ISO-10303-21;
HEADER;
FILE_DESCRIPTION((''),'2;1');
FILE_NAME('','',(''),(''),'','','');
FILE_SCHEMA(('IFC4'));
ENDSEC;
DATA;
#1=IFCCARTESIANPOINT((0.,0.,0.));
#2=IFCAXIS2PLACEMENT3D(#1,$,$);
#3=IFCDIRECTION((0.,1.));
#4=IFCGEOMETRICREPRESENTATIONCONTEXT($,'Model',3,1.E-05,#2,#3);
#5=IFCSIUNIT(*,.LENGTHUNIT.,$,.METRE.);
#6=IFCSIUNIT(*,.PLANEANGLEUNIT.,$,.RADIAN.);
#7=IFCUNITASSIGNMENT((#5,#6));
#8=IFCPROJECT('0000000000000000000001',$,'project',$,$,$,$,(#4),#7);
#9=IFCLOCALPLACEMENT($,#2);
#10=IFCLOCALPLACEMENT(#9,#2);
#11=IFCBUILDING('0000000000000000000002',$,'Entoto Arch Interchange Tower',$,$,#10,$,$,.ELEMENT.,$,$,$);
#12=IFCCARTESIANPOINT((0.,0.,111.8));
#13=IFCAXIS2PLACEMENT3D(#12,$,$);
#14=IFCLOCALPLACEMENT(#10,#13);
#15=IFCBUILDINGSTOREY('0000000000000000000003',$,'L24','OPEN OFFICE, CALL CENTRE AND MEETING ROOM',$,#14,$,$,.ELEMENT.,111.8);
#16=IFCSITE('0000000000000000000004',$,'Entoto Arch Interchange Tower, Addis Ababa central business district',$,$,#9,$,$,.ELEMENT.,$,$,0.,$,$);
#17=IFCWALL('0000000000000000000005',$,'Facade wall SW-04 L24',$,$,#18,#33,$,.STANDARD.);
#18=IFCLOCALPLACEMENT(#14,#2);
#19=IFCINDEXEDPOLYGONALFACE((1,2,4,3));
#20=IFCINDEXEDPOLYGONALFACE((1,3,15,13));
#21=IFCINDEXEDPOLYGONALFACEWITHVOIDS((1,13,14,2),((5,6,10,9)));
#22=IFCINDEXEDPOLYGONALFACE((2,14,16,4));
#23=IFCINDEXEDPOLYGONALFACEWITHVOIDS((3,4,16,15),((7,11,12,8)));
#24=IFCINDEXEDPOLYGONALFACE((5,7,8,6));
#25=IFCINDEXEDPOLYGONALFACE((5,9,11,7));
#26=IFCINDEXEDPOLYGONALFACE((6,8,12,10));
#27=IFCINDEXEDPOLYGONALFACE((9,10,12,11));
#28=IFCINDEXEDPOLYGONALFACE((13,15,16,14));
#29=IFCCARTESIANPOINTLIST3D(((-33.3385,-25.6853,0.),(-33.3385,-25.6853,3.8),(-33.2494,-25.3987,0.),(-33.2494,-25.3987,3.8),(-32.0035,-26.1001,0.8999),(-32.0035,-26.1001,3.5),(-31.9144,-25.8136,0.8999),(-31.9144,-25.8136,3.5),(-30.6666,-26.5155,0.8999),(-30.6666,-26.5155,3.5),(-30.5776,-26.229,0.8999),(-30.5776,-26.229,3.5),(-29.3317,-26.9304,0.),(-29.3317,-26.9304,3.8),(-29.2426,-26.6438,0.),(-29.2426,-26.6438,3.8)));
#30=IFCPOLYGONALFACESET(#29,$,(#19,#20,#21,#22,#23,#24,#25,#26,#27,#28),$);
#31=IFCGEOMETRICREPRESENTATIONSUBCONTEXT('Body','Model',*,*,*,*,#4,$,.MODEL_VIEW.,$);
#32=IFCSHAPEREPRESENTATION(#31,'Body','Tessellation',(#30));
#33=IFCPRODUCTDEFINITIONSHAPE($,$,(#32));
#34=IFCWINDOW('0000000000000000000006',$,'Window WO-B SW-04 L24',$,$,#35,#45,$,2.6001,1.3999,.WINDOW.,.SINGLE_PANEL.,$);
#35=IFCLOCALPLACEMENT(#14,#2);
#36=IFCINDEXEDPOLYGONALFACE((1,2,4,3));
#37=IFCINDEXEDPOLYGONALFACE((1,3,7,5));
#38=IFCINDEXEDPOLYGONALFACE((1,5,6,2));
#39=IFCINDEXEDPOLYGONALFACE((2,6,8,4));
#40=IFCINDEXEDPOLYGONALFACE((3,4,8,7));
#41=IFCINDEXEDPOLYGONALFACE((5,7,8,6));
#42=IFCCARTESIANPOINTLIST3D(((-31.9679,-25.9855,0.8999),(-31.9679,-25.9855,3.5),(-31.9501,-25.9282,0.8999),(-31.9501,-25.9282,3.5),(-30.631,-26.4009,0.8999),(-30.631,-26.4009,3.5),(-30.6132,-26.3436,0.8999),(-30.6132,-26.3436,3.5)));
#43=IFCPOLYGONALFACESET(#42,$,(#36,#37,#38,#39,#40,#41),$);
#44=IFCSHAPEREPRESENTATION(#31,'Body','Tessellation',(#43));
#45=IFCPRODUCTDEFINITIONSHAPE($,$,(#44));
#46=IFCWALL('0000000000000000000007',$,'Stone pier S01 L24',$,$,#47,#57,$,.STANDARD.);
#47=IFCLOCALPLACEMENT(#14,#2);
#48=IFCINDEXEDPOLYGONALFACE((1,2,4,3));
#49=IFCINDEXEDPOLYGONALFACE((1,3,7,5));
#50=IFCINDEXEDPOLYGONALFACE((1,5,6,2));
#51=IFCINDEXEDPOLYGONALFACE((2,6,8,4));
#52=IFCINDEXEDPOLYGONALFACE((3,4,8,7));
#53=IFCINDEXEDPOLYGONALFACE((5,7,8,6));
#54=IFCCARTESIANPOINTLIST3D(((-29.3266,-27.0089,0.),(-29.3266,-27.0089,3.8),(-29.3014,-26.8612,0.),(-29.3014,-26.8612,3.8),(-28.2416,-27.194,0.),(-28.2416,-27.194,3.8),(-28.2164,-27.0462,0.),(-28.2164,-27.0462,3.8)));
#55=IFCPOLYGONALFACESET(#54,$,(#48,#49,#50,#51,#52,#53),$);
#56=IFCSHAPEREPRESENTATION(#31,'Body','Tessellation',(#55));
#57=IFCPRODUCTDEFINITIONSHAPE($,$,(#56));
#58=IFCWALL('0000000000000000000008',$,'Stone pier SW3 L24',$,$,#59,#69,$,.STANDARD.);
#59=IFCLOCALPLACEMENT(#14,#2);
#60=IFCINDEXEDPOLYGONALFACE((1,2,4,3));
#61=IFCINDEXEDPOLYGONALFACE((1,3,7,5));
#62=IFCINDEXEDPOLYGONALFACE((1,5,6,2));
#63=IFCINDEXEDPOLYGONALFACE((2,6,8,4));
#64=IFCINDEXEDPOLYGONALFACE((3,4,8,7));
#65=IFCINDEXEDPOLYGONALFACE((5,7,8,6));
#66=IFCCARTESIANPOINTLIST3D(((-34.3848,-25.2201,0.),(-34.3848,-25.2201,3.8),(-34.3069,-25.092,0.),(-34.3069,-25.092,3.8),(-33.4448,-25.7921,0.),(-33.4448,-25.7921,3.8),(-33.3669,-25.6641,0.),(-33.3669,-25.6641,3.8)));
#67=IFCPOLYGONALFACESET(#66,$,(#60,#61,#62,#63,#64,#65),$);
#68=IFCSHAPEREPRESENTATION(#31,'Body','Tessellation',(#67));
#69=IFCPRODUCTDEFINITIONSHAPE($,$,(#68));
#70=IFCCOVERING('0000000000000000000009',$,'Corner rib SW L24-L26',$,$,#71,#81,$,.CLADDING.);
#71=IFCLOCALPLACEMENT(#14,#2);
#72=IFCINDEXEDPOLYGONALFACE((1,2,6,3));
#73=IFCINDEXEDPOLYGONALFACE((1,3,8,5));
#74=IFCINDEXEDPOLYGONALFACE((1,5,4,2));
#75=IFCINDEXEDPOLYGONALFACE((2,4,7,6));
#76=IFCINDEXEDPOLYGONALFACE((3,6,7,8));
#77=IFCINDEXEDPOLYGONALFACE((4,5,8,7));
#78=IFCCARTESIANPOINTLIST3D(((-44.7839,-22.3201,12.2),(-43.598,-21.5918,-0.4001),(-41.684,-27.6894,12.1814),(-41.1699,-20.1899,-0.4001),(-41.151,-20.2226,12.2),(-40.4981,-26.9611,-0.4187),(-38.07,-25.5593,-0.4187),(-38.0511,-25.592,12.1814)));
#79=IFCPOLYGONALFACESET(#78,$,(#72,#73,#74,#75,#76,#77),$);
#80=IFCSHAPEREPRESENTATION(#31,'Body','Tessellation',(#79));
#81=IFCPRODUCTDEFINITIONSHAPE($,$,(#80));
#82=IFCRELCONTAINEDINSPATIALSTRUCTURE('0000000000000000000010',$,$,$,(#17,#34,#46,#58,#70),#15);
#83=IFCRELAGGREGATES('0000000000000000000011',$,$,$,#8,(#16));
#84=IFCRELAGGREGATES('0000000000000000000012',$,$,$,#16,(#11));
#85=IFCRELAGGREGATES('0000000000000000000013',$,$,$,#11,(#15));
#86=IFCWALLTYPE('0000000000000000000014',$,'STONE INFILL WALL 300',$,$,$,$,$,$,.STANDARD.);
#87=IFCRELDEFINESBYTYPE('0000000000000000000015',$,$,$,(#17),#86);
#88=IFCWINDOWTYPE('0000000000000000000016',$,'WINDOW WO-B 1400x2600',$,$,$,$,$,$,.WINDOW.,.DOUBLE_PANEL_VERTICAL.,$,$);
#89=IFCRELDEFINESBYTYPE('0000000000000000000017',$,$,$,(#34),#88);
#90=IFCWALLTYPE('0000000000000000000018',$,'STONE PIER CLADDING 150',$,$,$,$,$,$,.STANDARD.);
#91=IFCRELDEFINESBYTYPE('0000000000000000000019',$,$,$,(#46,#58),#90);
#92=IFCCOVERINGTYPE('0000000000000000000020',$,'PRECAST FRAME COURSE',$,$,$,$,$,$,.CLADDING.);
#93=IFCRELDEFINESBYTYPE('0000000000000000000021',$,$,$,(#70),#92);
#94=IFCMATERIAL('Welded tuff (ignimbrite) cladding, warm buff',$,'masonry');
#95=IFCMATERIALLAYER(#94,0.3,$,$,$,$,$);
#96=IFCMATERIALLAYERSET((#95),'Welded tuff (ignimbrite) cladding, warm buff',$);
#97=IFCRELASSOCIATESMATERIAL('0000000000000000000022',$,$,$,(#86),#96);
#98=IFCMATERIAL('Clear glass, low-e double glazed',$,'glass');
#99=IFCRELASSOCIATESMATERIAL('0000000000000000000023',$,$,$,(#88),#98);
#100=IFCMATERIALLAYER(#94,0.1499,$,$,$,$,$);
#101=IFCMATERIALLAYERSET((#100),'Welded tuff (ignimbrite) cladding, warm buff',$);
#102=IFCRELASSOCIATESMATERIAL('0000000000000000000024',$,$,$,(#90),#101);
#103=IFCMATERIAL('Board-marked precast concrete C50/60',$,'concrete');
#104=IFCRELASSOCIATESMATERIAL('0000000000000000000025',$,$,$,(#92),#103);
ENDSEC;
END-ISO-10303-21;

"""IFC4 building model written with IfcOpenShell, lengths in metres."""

from ifc_helpers import new_model, si_unit, direction, frame, frame_2d, origin, place, context, subcontext, project, spatial, polyline, rectangle, outline, extrude, material, layer, layer_set, type_object, element, fill, save


model = new_model("IFC4")

# Units and contexts
model_context = context("Model", 3, precision=1e-05, world=origin(), true_north=direction((0.0, 1.0)))
body_context = subcontext(model_context, "Body", "Model", "MODEL_VIEW")
ifc_project = project(units=[si_unit("LENGTHUNIT", "METRE"), si_unit("PLANEANGLEUNIT", "RADIAN")], contexts=[model_context])

# Site, building, storey
site_placement = place(None, origin())
site = spatial("IfcSite", under=ifc_project, at=site_placement, Name="Entoto Arch Interchange Tower, Addis Ababa central business district", CompositionType="ELEMENT", RefElevation=0.0)
building_placement = place(site_placement, origin())
building = spatial("IfcBuilding", under=site, at=building_placement, Name="Entoto Arch Interchange Tower", CompositionType="ELEMENT")
storey_placement = place(building_placement, frame((0.0, 0.0, 111.8)))
storey = spatial("IfcBuildingStorey", under=building, at=storey_placement, Name="L24", Description="OPEN OFFICE, CALL CENTRE AND MEETING ROOM", CompositionType="ELEMENT", Elevation=111.8)

# Shared definitions
ifc_material_1 = material(Name="Welded tuff (ignimbrite) cladding, warm buff", Category="masonry")
ifc_layer_1 = layer(ifc_material_1, 0.3)
ifc_layer_set_1 = layer_set([ifc_layer_1], Name="Welded tuff (ignimbrite) cladding, warm buff")
wall_type_1 = type_object("IfcWallType", Name="STONE INFILL WALL 300", PredefinedType="STANDARD", material=ifc_layer_set_1)
ifc_material_2 = material(Name="Clear glass, low-e double glazed", Category="glass")

# Wall, opening, window
window_type_1 = type_object("IfcWindowType", Name="WINDOW WO-B 1400x2600", PartitioningType="DOUBLE_PANEL_VERTICAL", PredefinedType="WINDOW", material=ifc_material_2)
wall_1_placement = place(storey_placement, frame((-33.2939, -25.542, 0.0), z_axis=(0.0, 0.0, 1.0), x_axis=(0.954955, -0.296751, 0.0)))
wall_1 = element("IfcWall", 1, at=wall_1_placement, inside=storey, type_object=wall_type_1, Name="Facade wall SW-04 L24", PredefinedType="STANDARD", context=body_context, shape_type="SweptSolid", body=[
    extrude(rectangle(XDim=4.1958, YDim=0.3, at=frame_2d((2.0979, 0.0))), origin(), (0.0, 0.0, 1.0), 3.8),
])
opening_1_placement = place(wall_1_placement, frame((1.3979, 0.0, 0.8999)))
opening_1 = element("IfcOpeningElement", 2, at=opening_1_placement, cuts=wall_1, PredefinedType="OPENING", context=body_context, shape_type="SweptSolid", body=[
    extrude(rectangle(XDim=1.3999, YDim=2.6001, at=frame_2d((0.7, 1.3))), frame((0.0, 0.1602, 0.0), z_axis=(0.0, -1.0, 0.0), x_axis=(1.0, 0.0, 0.0)), (0.0, 0.0, 1.0), 0.3201),
])
window_1_placement = place(opening_1_placement, origin())
window_1 = element("IfcWindow", 3, at=window_1_placement, inside=storey, type_object=window_type_1, Name="Window WO-B SW-04 L24", OverallHeight=2.6001, OverallWidth=1.3999, PartitioningType="SINGLE_PANEL", PredefinedType="WINDOW", context=body_context, shape_type="SweptSolid", body=[
    extrude(rectangle(XDim=1.3999, YDim=2.6001, at=frame_2d((0.7, 1.3))), frame((0.0, 0.03, 0.0), z_axis=(0.0, -1.0, 0.0), x_axis=(1.0, 0.0, 0.0)), (0.0, 0.0, 1.0), 0.0601),
])
fill(opening_1, window_1)

# Walls
ifc_layer_2 = layer(ifc_material_1, 0.1499)
ifc_layer_set_2 = layer_set([ifc_layer_2], Name="Welded tuff (ignimbrite) cladding, warm buff")
wall_type_2 = type_object("IfcWallType", Name="STONE PIER CLADDING 150", PredefinedType="STANDARD", material=ifc_layer_set_2)
wall_2_placement = place(storey_placement, frame((-29.314, -26.9351, 0.0), z_axis=(0.0, 0.0, 1.0), x_axis=(0.985763, -0.168139, 0.0)))
element("IfcWall", 4, at=wall_2_placement, inside=storey, type_object=wall_type_2, Name="Stone pier S01 L24", PredefinedType="STANDARD", context=body_context, shape_type="SweptSolid", body=[
    extrude(rectangle(XDim=1.1006, YDim=0.1499, at=frame_2d((0.5503, 0.0))), origin(), (0.0, 0.0, 1.0), 3.8),
])
wall_3_placement = place(storey_placement, frame((-34.3459, -25.156, 0.0), z_axis=(0.0, 0.0, 1.0), x_axis=(0.854246, -0.51987, 0.0)))
element("IfcWall", 5, at=wall_3_placement, inside=storey, type_object=wall_type_2, Name="Stone pier SW3 L24", PredefinedType="STANDARD", context=body_context, shape_type="SweptSolid", body=[
    extrude(rectangle(XDim=1.1003, YDim=0.1499, at=frame_2d((0.5503, 0.0))), origin(), (0.0, 0.0, 1.0), 3.8),
])

# Covering
ifc_material_3 = material(Name="Board-marked precast concrete C50/60", Category="concrete")
covering_type = type_object("IfcCoveringType", Name="PRECAST FRAME COURSE", PredefinedType="CLADDING", material=ifc_material_3)
covering_1_placement = place(storey_placement, frame((-41.1699, -20.1899, -0.4001), z_axis=(-0.49999, 0.866026, 0.002998), x_axis=(-0.86603, -0.499992, 0.0)))
element("IfcCovering", 6, at=covering_1_placement, inside=storey, type_object=covering_type, Name="Corner rib SW L24-L26", PredefinedType="CLADDING", context=body_context, shape_type="SweptSolid", body=[
    extrude(outline(polyline([(0.0, 0.0), (2.8037, 0.0), (4.1949, 12.6002), (0.0, 12.6002), (0.0, 0.0)])), origin(), (0.0, 0.0, -1.0), 6.2),
])

save(model, "model.ifc")
